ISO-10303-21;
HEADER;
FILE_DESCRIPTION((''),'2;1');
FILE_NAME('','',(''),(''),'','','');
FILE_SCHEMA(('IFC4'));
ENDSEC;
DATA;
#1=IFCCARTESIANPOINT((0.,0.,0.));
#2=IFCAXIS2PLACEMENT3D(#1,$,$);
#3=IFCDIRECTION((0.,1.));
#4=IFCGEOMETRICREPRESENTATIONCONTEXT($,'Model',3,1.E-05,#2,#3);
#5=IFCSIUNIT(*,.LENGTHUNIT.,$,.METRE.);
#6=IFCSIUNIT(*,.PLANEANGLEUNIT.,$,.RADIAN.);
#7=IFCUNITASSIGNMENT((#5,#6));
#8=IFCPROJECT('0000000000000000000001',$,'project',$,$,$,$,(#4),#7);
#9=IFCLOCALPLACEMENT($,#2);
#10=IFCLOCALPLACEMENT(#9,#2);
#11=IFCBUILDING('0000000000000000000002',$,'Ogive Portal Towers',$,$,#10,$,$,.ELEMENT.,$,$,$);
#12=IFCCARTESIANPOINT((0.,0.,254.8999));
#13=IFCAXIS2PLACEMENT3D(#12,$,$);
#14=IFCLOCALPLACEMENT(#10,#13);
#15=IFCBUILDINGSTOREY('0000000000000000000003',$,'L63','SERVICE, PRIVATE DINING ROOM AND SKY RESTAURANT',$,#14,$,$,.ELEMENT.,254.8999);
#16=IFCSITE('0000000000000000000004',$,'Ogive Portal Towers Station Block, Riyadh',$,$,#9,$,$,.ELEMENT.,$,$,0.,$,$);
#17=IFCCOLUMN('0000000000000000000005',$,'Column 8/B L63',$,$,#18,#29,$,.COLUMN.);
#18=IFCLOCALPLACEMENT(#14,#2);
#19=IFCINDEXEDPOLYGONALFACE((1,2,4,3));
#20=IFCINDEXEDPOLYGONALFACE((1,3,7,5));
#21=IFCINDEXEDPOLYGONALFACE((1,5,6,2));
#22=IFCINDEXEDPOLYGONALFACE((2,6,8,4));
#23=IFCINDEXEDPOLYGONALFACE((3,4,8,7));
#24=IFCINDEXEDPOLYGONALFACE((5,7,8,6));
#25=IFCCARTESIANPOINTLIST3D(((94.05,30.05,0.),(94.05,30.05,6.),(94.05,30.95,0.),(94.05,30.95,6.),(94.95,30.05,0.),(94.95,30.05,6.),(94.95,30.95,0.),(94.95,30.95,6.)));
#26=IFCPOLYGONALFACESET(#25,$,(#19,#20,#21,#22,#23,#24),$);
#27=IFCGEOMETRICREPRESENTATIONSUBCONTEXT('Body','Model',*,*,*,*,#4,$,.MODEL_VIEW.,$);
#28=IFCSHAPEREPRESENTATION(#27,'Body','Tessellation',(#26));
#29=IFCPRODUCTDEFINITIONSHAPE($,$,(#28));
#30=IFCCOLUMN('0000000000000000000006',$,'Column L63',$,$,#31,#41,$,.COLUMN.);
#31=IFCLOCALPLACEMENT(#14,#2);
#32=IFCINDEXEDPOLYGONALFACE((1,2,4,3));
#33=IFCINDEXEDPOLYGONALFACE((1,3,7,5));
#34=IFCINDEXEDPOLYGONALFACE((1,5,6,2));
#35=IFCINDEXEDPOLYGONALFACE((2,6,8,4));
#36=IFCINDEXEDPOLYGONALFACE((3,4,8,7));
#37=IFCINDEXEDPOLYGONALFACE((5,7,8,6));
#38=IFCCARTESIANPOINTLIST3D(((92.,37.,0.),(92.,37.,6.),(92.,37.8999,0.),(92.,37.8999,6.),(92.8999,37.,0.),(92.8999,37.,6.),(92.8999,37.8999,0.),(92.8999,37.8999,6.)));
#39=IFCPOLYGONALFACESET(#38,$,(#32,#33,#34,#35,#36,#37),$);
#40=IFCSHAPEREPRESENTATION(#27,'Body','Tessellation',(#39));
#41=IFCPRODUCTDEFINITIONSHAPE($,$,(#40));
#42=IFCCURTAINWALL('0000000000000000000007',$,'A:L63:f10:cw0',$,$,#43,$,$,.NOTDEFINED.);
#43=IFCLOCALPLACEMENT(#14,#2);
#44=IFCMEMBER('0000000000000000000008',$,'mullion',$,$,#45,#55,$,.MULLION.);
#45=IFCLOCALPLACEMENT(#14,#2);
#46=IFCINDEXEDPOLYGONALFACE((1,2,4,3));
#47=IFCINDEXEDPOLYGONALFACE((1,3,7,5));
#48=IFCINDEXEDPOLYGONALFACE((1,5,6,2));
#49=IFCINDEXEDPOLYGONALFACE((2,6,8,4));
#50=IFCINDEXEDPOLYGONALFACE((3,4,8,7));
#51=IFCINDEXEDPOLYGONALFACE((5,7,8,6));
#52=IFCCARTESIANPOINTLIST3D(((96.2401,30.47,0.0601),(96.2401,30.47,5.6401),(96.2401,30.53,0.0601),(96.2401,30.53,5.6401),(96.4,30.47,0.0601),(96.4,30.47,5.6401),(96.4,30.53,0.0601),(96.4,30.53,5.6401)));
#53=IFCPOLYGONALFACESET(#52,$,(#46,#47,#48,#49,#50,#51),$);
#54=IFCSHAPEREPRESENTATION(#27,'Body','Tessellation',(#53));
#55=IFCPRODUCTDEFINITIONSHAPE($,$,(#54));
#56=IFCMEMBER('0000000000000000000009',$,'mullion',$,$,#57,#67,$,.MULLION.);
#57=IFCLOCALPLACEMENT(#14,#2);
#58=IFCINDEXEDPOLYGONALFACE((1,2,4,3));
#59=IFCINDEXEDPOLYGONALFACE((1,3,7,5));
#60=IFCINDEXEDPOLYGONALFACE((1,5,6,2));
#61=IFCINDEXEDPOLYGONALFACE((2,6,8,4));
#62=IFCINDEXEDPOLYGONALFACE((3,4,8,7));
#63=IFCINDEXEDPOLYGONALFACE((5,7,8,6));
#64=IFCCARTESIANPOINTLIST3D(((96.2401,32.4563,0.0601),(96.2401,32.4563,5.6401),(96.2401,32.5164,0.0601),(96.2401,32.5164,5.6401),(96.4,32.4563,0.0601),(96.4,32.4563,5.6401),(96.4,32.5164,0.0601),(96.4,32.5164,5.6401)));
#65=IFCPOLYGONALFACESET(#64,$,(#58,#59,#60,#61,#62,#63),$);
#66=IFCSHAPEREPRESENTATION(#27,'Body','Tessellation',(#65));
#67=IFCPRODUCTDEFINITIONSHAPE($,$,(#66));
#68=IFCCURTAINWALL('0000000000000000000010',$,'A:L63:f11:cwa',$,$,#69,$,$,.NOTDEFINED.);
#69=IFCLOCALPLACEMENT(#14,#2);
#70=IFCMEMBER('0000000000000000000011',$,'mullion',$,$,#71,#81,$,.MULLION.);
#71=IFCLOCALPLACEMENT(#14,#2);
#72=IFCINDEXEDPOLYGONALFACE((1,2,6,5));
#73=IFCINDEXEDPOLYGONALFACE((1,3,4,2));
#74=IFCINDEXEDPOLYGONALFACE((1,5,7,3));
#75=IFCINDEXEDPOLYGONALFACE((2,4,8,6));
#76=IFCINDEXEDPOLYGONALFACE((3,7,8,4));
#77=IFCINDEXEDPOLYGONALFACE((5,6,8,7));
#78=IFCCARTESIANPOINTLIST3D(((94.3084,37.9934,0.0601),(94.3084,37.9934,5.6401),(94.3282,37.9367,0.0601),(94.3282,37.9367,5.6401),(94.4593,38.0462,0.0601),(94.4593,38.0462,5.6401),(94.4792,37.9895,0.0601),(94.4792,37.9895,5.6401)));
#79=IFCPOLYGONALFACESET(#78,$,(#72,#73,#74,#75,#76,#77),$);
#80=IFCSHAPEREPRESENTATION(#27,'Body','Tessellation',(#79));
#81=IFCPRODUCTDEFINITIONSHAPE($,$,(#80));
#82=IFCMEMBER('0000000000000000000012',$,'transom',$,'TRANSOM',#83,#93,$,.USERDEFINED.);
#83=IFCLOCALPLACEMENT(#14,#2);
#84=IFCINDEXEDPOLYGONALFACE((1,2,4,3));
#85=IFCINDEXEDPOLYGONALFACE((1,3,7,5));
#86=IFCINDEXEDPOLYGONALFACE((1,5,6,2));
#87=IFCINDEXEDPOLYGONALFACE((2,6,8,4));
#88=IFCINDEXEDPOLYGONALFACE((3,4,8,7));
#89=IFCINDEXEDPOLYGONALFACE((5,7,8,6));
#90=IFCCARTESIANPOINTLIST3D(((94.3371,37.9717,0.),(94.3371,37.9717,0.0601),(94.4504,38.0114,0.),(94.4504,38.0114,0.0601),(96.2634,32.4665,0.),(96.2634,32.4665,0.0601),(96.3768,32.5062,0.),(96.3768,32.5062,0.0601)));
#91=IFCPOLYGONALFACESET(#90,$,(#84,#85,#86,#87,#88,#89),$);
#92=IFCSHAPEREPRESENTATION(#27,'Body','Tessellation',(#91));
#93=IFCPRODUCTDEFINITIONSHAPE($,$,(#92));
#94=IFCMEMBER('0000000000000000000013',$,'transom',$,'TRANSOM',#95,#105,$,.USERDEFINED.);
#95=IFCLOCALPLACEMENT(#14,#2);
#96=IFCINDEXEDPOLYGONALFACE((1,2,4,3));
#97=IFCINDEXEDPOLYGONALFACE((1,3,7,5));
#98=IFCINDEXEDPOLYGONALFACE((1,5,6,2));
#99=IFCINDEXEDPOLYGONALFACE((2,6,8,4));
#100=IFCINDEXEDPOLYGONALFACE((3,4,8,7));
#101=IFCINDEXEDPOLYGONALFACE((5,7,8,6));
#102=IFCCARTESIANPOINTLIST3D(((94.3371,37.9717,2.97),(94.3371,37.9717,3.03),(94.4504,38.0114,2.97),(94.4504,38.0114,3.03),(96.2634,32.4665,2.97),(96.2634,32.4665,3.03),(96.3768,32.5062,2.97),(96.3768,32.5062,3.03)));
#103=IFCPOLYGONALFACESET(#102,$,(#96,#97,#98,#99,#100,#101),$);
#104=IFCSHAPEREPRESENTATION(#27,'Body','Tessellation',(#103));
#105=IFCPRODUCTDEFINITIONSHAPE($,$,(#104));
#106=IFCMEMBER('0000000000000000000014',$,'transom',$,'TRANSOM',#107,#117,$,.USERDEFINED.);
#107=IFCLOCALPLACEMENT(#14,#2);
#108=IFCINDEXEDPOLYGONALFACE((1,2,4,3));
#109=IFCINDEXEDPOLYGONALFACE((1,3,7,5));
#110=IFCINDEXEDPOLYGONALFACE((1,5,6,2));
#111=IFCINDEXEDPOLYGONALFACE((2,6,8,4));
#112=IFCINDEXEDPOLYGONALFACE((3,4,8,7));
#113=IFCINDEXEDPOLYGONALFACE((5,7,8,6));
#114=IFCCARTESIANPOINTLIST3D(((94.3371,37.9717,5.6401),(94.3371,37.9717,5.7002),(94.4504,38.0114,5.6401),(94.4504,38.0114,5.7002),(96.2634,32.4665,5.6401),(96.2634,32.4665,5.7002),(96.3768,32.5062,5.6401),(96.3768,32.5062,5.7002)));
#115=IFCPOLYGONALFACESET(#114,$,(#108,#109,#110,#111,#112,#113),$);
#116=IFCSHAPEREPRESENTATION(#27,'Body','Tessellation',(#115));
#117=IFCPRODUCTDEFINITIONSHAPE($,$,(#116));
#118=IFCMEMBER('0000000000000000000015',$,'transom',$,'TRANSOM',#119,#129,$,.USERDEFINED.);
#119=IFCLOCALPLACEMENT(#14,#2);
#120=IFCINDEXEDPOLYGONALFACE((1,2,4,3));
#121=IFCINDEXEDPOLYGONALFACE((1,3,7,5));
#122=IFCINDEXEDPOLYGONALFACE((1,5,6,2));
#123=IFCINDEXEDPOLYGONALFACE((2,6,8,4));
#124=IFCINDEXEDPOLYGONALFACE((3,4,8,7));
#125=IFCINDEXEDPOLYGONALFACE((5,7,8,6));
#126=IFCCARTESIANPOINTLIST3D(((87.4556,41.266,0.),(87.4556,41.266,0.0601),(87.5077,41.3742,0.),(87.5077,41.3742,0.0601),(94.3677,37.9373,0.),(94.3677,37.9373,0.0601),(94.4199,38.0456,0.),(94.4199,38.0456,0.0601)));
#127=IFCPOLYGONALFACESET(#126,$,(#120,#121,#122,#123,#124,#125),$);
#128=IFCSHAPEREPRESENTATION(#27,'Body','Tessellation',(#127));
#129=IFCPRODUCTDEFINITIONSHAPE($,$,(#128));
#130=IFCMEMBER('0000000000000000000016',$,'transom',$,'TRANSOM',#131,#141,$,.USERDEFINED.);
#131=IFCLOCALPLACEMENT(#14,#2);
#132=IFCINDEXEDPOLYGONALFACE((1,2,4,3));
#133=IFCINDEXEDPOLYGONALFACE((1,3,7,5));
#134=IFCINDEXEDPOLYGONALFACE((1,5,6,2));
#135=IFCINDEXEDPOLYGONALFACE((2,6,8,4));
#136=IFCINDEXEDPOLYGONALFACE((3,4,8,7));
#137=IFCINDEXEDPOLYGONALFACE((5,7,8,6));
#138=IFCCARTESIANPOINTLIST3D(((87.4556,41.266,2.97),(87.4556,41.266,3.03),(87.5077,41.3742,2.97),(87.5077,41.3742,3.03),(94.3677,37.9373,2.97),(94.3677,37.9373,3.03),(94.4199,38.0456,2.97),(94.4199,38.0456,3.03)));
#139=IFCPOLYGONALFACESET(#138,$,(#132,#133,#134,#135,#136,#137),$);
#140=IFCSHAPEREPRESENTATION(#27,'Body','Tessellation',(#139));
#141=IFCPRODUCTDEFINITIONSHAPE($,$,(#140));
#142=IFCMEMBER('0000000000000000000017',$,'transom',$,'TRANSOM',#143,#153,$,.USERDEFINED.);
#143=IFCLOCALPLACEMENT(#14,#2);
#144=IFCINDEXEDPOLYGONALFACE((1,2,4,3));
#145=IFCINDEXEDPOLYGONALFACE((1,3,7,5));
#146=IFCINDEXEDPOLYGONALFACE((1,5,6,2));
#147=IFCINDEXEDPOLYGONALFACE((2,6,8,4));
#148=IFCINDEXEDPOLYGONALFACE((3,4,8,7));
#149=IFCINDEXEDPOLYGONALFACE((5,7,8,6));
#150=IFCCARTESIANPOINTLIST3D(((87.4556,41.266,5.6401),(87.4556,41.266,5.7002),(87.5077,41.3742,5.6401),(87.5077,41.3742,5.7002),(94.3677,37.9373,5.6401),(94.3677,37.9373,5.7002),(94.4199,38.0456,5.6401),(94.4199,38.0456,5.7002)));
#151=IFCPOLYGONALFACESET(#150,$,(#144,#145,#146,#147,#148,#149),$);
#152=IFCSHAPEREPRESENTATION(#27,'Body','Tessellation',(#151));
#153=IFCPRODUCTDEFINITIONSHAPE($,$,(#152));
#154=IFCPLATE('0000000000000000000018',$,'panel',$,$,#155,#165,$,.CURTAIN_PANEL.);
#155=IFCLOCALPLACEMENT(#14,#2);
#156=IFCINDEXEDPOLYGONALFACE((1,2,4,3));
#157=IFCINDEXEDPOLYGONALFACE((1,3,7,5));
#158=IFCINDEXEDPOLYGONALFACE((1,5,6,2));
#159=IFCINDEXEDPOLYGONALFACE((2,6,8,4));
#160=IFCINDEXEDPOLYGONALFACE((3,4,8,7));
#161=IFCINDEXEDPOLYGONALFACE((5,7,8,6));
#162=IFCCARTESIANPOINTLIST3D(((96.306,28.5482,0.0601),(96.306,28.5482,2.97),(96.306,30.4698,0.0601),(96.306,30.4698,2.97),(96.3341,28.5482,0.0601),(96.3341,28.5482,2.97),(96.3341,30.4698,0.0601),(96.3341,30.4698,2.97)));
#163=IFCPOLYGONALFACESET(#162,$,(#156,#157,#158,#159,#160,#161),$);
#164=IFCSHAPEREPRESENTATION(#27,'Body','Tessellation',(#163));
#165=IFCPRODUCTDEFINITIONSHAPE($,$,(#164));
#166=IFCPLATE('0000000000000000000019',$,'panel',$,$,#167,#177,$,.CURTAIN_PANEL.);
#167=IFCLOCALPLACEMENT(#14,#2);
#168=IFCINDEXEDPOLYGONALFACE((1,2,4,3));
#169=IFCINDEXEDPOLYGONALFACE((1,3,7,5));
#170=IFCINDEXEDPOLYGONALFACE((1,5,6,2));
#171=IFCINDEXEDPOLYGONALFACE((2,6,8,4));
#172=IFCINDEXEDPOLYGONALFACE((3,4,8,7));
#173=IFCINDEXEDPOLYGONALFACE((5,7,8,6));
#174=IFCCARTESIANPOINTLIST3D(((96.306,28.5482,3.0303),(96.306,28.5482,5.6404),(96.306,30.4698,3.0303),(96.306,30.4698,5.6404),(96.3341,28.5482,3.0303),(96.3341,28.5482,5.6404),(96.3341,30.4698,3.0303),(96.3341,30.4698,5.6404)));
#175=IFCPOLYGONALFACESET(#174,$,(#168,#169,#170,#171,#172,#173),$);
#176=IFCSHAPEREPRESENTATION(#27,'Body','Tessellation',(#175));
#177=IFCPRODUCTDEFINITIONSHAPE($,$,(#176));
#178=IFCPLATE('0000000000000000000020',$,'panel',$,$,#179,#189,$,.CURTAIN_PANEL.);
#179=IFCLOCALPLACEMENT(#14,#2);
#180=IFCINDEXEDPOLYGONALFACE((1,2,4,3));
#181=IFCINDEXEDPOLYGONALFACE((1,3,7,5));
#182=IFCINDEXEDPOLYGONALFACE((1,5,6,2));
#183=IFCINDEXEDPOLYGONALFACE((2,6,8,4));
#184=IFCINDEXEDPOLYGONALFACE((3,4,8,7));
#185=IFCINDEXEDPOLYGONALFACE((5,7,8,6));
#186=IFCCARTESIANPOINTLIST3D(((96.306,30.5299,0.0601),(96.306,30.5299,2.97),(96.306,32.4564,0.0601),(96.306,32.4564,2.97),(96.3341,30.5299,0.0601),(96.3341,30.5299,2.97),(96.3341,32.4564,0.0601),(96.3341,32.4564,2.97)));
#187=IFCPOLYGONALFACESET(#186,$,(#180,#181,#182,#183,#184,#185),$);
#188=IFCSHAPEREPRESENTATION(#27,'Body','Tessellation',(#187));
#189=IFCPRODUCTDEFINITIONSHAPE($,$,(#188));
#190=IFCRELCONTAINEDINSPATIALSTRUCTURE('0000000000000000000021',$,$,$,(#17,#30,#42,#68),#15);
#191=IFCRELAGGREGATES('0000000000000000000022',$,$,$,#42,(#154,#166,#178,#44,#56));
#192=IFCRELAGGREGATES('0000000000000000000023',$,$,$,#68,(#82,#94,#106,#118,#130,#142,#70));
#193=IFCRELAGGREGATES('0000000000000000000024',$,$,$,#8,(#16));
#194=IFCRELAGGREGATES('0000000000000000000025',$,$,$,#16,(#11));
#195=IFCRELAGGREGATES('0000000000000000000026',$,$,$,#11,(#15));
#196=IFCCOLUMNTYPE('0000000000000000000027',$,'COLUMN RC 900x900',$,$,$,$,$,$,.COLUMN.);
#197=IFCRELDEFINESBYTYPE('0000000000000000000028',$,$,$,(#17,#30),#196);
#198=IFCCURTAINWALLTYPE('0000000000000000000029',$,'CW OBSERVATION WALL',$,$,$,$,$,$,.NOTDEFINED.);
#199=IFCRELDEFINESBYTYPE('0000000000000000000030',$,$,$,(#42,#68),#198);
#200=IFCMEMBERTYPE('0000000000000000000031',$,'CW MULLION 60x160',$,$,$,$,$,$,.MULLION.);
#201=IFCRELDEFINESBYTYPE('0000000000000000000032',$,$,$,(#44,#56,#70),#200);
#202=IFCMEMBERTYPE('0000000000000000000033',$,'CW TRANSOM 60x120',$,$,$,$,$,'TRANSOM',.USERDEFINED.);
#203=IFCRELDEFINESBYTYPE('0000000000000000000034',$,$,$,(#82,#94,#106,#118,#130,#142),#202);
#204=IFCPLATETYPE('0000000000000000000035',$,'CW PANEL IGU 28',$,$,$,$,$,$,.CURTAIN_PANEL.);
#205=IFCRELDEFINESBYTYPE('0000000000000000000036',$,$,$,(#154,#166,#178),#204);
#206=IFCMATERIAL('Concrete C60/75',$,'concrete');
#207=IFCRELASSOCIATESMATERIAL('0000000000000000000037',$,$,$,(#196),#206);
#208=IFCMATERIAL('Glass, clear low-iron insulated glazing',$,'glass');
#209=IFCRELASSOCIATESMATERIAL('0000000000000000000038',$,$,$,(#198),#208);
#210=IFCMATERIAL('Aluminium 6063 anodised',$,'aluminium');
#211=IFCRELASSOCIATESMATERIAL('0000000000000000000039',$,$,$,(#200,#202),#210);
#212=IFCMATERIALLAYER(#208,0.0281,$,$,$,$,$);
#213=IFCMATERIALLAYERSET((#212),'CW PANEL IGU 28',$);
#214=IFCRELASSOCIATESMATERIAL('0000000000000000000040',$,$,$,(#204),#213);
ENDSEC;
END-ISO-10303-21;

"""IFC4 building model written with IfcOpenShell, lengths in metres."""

from ifc_helpers import new_model, si_unit, direction, frame, origin, origin_2d, place, context, subcontext, project, spatial, rectangle, extrude, material, layer, layer_set, material_profile, profile_set, type_object, element, aggregate, save


model = new_model("IFC4")

# Units and contexts
model_context = context("Model", 3, precision=1e-05, world=origin(), true_north=direction((0.0, 1.0)))
body_context = subcontext(model_context, "Body", "Model", "MODEL_VIEW")
ifc_project = project(units=[si_unit("LENGTHUNIT", "METRE"), si_unit("PLANEANGLEUNIT", "RADIAN")], contexts=[model_context])

# Site, building, storey
site_placement = place(None, origin())
site = spatial("IfcSite", under=ifc_project, at=site_placement, Name="Ogive Portal Towers Station Block, Riyadh", CompositionType="ELEMENT", RefElevation=0.0)
building_placement = place(site_placement, origin())
building = spatial("IfcBuilding", under=site, at=building_placement, Name="Ogive Portal Towers", CompositionType="ELEMENT")
storey_placement = place(building_placement, frame((0.0, 0.0, 254.8999)))
storey = spatial("IfcBuildingStorey", under=building, at=storey_placement, Name="L63", Description="SERVICE, PRIVATE DINING ROOM AND SKY RESTAURANT", CompositionType="ELEMENT", Elevation=254.8999)

# Columns
ifc_material_1 = material(Name="Concrete C60/75", Category="concrete")
ifc_material_profile_1 = material_profile(ifc_material_1, rectangle(XDim=0.8999, YDim=0.8999, at=origin_2d()), Name="RC 900x900")
ifc_profile_set_1 = profile_set([ifc_material_profile_1], Name="Concrete C60/75")
column_type = type_object("IfcColumnType", Name="COLUMN RC 900x900", PredefinedType="COLUMN", material=ifc_profile_set_1)
for number, where, z_axis, x_axis, name in (
    (1, (94.5, 30.5, 0.0), (0.0, 0.0, 1.0), (1.0, 0.0, 0.0), "Column 8/B L63"),
    (2, (92.45, 37.45, 0.0), (0.0, 0.0, 1.0), (1.0, 0.0, 0.0), "Column L63"),
):
    element("IfcColumn", number, at=place(storey_placement, frame(where, z_axis=z_axis, x_axis=x_axis)), inside=storey, type_object=column_type, Name=name, PredefinedType="COLUMN", context=body_context, shape_type="SweptSolid", body=[
        extrude(rectangle(XDim=0.8999, YDim=0.8999, at=origin_2d()), origin(), (0.0, 0.0, 1.0), 6.0),
    ])

# Curtain walls, members
ifc_material_2 = material(Name="Glass, clear low-iron insulated glazing", Category="glass")
curtain_wall_type = type_object("IfcCurtainWallType", Name="CW OBSERVATION WALL", PredefinedType="NOTDEFINED", material=ifc_material_2)
curtain_wall_1_placement = place(storey_placement, origin())
curtain_wall_1 = element("IfcCurtainWall", 3, at=curtain_wall_1_placement, inside=storey, type_object=curtain_wall_type, Name="A:L63:f10:cw0", PredefinedType="NOTDEFINED")
ifc_material_3 = material(Name="Aluminium 6063 anodised", Category="aluminium")
ifc_material_profile_2 = material_profile(ifc_material_3, rectangle(XDim=0.1599, YDim=0.0601, at=origin_2d()), Name="AL 60x160")
ifc_profile_set_2 = profile_set([ifc_material_profile_2], Name="Aluminium 6063 anodised")
member_type_1 = type_object("IfcMemberType", Name="CW MULLION 60x160", PredefinedType="MULLION", material=ifc_profile_set_2)
member_1_placement = place(storey_placement, frame((96.3201, 30.5, 0.0601), z_axis=(0.0, 0.0, 1.0), x_axis=(-1.0, 0.0, 0.0)))
member_1 = element("IfcMember", 4, at=member_1_placement, type_object=member_type_1, Name="mullion", PredefinedType="MULLION", context=body_context, shape_type="SweptSolid", body=[
    extrude(rectangle(XDim=0.1599, YDim=0.0601, at=origin_2d()), origin(), (0.0, 0.0, 1.0), 5.5801),
])
member_2_placement = place(storey_placement, frame((96.3201, 32.4863, 0.0601), z_axis=(0.0, 0.0, 1.0), x_axis=(-1.0, 0.0, 0.0)))
member_2 = element("IfcMember", 5, at=member_2_placement, type_object=member_type_1, Name="mullion", PredefinedType="MULLION", context=body_context, shape_type="SweptSolid", body=[
    extrude(rectangle(XDim=0.1599, YDim=0.0601, at=origin_2d()), origin(), (0.0, 0.0, 1.0), 5.5801),
])
curtain_wall_2_placement = place(storey_placement, origin())
curtain_wall_2 = element("IfcCurtainWall", 6, at=curtain_wall_2_placement, inside=storey, type_object=curtain_wall_type, Name="A:L63:f11:cwa", PredefinedType="NOTDEFINED")
member_3_placement = place(storey_placement, frame((94.3938, 37.9915, 0.0601), z_axis=(0.0, 0.0, 1.0), x_axis=(-0.943883, -0.330279, 0.0)))
member_3 = element("IfcMember", 7, at=member_3_placement, type_object=member_type_1, Name="mullion", PredefinedType="MULLION", context=body_context, shape_type="SweptSolid", body=[
    extrude(rectangle(XDim=0.1599, YDim=0.0601, at=origin_2d()), origin(), (0.0, 0.0, 1.0), 5.5801),
])
ifc_material_profile_3 = material_profile(ifc_material_3, rectangle(XDim=0.1201, YDim=0.0601, at=origin_2d()), Name="AL 120x60")
ifc_profile_set_3 = profile_set([ifc_material_profile_3], Name="Aluminium 6063 anodised")
member_type_2 = type_object("IfcMemberType", Name="CW TRANSOM 60x120", ElementType="TRANSOM", PredefinedType="USERDEFINED", material=ifc_profile_set_3)
member_4_placement = place(storey_placement, frame((96.3201, 32.4863, 0.03), z_axis=(-0.33027, 0.943886, 0.0), x_axis=(-0.943886, -0.33027, 0.0)))
member_4 = element("IfcMember", 8, at=member_4_placement, type_object=member_type_2, Name="transom", ObjectType="TRANSOM", PredefinedType="USERDEFINED", context=body_context, shape_type="SweptSolid", body=[
    extrude(rectangle(XDim=0.1201, YDim=0.0601, at=origin_2d()), origin(), (0.0, 0.0, 1.0), 5.8325),
])
member_5_placement = place(storey_placement, frame((96.3201, 32.4863, 3.0), z_axis=(-0.33027, 0.943886, 0.0), x_axis=(-0.943886, -0.33027, 0.0)))
member_5 = element("IfcMember", 9, at=member_5_placement, type_object=member_type_2, Name="transom", ObjectType="TRANSOM", PredefinedType="USERDEFINED", context=body_context, shape_type="SweptSolid", body=[
    extrude(rectangle(XDim=0.1201, YDim=0.0601, at=origin_2d()), origin(), (0.0, 0.0, 1.0), 5.8325),
])
member_6_placement = place(storey_placement, frame((96.3201, 32.4863, 5.6702), z_axis=(-0.33027, 0.943886, 0.0), x_axis=(-0.943886, -0.33027, 0.0)))
member_6 = element("IfcMember", 10, at=member_6_placement, type_object=member_type_2, Name="transom", ObjectType="TRANSOM", PredefinedType="USERDEFINED", context=body_context, shape_type="SweptSolid", body=[
    extrude(rectangle(XDim=0.1201, YDim=0.0601, at=origin_2d()), origin(), (0.0, 0.0, 1.0), 5.8325),
])
member_7_placement = place(storey_placement, frame((94.3938, 37.9915, 0.03), z_axis=(-0.900973, 0.433875, 0.0), x_axis=(-0.433875, -0.900973, 0.0)))
member_7 = element("IfcMember", 11, at=member_7_placement, type_object=member_type_2, Name="transom", ObjectType="TRANSOM", PredefinedType="USERDEFINED", context=body_context, shape_type="SweptSolid", body=[
    extrude(rectangle(XDim=0.1201, YDim=0.0601, at=origin_2d()), origin(), (0.0, 0.0, 1.0), 7.6719),
])
member_8_placement = place(storey_placement, frame((94.3938, 37.9915, 3.0), z_axis=(-0.900973, 0.433875, 0.0), x_axis=(-0.433875, -0.900973, 0.0)))
member_8 = element("IfcMember", 12, at=member_8_placement, type_object=member_type_2, Name="transom", ObjectType="TRANSOM", PredefinedType="USERDEFINED", context=body_context, shape_type="SweptSolid", body=[
    extrude(rectangle(XDim=0.1201, YDim=0.0601, at=origin_2d()), origin(), (0.0, 0.0, 1.0), 7.6719),
])
member_9_placement = place(storey_placement, frame((94.3938, 37.9915, 5.6702), z_axis=(-0.900973, 0.433875, 0.0), x_axis=(-0.433875, -0.900973, 0.0)))
member_9 = element("IfcMember", 13, at=member_9_placement, type_object=member_type_2, Name="transom", ObjectType="TRANSOM", PredefinedType="USERDEFINED", context=body_context, shape_type="SweptSolid", body=[
    extrude(rectangle(XDim=0.1201, YDim=0.0601, at=origin_2d()), origin(), (0.0, 0.0, 1.0), 7.6719),
])

# Plates
ifc_layer_1 = layer(ifc_material_2, 0.0281)
ifc_layer_set_1 = layer_set([ifc_layer_1], Name="CW PANEL IGU 28")
plate_type = type_object("IfcPlateType", Name="CW PANEL IGU 28", PredefinedType="CURTAIN_PANEL", material=ifc_layer_set_1)
plate_1_placement = place(storey_placement, frame((96.3201, 29.509, 0.0601), z_axis=(0.0, 0.0, 1.0), x_axis=(0.0, 1.0, 0.0)))
plate_1 = element("IfcPlate", 14, at=plate_1_placement, type_object=plate_type, Name="panel", PredefinedType="CURTAIN_PANEL", context=body_context, shape_type="SweptSolid", body=[
    extrude(rectangle(XDim=1.9216, YDim=0.0281, at=origin_2d()), origin(), (0.0, 0.0, 1.0), 2.9099),
])
plate_2_placement = place(storey_placement, frame((96.3201, 29.509, 3.0303), z_axis=(0.0, 0.0, 1.0), x_axis=(0.0, 1.0, 0.0)))
plate_2 = element("IfcPlate", 15, at=plate_2_placement, type_object=plate_type, Name="panel", PredefinedType="CURTAIN_PANEL", context=body_context, shape_type="SweptSolid", body=[
    extrude(rectangle(XDim=1.9216, YDim=0.0281, at=origin_2d()), origin(), (0.0, 0.0, 1.0), 2.6101),
])
plate_3_placement = place(storey_placement, frame((96.3201, 31.4932, 0.0601), z_axis=(0.0, 0.0, 1.0), x_axis=(0.0, 1.0, 0.0)))
plate_3 = element("IfcPlate", 16, at=plate_3_placement, type_object=plate_type, Name="panel", PredefinedType="CURTAIN_PANEL", context=body_context, shape_type="SweptSolid", body=[
    extrude(rectangle(XDim=1.9265, YDim=0.0281, at=origin_2d()), origin(), (0.0, 0.0, 1.0), 2.9099),
])
aggregate(curtain_wall_1, [plate_1, plate_2, plate_3, member_1, member_2])
aggregate(curtain_wall_2, [member_4, member_5, member_6, member_7, member_8, member_9, member_3])

save(model, "model.ifc")
